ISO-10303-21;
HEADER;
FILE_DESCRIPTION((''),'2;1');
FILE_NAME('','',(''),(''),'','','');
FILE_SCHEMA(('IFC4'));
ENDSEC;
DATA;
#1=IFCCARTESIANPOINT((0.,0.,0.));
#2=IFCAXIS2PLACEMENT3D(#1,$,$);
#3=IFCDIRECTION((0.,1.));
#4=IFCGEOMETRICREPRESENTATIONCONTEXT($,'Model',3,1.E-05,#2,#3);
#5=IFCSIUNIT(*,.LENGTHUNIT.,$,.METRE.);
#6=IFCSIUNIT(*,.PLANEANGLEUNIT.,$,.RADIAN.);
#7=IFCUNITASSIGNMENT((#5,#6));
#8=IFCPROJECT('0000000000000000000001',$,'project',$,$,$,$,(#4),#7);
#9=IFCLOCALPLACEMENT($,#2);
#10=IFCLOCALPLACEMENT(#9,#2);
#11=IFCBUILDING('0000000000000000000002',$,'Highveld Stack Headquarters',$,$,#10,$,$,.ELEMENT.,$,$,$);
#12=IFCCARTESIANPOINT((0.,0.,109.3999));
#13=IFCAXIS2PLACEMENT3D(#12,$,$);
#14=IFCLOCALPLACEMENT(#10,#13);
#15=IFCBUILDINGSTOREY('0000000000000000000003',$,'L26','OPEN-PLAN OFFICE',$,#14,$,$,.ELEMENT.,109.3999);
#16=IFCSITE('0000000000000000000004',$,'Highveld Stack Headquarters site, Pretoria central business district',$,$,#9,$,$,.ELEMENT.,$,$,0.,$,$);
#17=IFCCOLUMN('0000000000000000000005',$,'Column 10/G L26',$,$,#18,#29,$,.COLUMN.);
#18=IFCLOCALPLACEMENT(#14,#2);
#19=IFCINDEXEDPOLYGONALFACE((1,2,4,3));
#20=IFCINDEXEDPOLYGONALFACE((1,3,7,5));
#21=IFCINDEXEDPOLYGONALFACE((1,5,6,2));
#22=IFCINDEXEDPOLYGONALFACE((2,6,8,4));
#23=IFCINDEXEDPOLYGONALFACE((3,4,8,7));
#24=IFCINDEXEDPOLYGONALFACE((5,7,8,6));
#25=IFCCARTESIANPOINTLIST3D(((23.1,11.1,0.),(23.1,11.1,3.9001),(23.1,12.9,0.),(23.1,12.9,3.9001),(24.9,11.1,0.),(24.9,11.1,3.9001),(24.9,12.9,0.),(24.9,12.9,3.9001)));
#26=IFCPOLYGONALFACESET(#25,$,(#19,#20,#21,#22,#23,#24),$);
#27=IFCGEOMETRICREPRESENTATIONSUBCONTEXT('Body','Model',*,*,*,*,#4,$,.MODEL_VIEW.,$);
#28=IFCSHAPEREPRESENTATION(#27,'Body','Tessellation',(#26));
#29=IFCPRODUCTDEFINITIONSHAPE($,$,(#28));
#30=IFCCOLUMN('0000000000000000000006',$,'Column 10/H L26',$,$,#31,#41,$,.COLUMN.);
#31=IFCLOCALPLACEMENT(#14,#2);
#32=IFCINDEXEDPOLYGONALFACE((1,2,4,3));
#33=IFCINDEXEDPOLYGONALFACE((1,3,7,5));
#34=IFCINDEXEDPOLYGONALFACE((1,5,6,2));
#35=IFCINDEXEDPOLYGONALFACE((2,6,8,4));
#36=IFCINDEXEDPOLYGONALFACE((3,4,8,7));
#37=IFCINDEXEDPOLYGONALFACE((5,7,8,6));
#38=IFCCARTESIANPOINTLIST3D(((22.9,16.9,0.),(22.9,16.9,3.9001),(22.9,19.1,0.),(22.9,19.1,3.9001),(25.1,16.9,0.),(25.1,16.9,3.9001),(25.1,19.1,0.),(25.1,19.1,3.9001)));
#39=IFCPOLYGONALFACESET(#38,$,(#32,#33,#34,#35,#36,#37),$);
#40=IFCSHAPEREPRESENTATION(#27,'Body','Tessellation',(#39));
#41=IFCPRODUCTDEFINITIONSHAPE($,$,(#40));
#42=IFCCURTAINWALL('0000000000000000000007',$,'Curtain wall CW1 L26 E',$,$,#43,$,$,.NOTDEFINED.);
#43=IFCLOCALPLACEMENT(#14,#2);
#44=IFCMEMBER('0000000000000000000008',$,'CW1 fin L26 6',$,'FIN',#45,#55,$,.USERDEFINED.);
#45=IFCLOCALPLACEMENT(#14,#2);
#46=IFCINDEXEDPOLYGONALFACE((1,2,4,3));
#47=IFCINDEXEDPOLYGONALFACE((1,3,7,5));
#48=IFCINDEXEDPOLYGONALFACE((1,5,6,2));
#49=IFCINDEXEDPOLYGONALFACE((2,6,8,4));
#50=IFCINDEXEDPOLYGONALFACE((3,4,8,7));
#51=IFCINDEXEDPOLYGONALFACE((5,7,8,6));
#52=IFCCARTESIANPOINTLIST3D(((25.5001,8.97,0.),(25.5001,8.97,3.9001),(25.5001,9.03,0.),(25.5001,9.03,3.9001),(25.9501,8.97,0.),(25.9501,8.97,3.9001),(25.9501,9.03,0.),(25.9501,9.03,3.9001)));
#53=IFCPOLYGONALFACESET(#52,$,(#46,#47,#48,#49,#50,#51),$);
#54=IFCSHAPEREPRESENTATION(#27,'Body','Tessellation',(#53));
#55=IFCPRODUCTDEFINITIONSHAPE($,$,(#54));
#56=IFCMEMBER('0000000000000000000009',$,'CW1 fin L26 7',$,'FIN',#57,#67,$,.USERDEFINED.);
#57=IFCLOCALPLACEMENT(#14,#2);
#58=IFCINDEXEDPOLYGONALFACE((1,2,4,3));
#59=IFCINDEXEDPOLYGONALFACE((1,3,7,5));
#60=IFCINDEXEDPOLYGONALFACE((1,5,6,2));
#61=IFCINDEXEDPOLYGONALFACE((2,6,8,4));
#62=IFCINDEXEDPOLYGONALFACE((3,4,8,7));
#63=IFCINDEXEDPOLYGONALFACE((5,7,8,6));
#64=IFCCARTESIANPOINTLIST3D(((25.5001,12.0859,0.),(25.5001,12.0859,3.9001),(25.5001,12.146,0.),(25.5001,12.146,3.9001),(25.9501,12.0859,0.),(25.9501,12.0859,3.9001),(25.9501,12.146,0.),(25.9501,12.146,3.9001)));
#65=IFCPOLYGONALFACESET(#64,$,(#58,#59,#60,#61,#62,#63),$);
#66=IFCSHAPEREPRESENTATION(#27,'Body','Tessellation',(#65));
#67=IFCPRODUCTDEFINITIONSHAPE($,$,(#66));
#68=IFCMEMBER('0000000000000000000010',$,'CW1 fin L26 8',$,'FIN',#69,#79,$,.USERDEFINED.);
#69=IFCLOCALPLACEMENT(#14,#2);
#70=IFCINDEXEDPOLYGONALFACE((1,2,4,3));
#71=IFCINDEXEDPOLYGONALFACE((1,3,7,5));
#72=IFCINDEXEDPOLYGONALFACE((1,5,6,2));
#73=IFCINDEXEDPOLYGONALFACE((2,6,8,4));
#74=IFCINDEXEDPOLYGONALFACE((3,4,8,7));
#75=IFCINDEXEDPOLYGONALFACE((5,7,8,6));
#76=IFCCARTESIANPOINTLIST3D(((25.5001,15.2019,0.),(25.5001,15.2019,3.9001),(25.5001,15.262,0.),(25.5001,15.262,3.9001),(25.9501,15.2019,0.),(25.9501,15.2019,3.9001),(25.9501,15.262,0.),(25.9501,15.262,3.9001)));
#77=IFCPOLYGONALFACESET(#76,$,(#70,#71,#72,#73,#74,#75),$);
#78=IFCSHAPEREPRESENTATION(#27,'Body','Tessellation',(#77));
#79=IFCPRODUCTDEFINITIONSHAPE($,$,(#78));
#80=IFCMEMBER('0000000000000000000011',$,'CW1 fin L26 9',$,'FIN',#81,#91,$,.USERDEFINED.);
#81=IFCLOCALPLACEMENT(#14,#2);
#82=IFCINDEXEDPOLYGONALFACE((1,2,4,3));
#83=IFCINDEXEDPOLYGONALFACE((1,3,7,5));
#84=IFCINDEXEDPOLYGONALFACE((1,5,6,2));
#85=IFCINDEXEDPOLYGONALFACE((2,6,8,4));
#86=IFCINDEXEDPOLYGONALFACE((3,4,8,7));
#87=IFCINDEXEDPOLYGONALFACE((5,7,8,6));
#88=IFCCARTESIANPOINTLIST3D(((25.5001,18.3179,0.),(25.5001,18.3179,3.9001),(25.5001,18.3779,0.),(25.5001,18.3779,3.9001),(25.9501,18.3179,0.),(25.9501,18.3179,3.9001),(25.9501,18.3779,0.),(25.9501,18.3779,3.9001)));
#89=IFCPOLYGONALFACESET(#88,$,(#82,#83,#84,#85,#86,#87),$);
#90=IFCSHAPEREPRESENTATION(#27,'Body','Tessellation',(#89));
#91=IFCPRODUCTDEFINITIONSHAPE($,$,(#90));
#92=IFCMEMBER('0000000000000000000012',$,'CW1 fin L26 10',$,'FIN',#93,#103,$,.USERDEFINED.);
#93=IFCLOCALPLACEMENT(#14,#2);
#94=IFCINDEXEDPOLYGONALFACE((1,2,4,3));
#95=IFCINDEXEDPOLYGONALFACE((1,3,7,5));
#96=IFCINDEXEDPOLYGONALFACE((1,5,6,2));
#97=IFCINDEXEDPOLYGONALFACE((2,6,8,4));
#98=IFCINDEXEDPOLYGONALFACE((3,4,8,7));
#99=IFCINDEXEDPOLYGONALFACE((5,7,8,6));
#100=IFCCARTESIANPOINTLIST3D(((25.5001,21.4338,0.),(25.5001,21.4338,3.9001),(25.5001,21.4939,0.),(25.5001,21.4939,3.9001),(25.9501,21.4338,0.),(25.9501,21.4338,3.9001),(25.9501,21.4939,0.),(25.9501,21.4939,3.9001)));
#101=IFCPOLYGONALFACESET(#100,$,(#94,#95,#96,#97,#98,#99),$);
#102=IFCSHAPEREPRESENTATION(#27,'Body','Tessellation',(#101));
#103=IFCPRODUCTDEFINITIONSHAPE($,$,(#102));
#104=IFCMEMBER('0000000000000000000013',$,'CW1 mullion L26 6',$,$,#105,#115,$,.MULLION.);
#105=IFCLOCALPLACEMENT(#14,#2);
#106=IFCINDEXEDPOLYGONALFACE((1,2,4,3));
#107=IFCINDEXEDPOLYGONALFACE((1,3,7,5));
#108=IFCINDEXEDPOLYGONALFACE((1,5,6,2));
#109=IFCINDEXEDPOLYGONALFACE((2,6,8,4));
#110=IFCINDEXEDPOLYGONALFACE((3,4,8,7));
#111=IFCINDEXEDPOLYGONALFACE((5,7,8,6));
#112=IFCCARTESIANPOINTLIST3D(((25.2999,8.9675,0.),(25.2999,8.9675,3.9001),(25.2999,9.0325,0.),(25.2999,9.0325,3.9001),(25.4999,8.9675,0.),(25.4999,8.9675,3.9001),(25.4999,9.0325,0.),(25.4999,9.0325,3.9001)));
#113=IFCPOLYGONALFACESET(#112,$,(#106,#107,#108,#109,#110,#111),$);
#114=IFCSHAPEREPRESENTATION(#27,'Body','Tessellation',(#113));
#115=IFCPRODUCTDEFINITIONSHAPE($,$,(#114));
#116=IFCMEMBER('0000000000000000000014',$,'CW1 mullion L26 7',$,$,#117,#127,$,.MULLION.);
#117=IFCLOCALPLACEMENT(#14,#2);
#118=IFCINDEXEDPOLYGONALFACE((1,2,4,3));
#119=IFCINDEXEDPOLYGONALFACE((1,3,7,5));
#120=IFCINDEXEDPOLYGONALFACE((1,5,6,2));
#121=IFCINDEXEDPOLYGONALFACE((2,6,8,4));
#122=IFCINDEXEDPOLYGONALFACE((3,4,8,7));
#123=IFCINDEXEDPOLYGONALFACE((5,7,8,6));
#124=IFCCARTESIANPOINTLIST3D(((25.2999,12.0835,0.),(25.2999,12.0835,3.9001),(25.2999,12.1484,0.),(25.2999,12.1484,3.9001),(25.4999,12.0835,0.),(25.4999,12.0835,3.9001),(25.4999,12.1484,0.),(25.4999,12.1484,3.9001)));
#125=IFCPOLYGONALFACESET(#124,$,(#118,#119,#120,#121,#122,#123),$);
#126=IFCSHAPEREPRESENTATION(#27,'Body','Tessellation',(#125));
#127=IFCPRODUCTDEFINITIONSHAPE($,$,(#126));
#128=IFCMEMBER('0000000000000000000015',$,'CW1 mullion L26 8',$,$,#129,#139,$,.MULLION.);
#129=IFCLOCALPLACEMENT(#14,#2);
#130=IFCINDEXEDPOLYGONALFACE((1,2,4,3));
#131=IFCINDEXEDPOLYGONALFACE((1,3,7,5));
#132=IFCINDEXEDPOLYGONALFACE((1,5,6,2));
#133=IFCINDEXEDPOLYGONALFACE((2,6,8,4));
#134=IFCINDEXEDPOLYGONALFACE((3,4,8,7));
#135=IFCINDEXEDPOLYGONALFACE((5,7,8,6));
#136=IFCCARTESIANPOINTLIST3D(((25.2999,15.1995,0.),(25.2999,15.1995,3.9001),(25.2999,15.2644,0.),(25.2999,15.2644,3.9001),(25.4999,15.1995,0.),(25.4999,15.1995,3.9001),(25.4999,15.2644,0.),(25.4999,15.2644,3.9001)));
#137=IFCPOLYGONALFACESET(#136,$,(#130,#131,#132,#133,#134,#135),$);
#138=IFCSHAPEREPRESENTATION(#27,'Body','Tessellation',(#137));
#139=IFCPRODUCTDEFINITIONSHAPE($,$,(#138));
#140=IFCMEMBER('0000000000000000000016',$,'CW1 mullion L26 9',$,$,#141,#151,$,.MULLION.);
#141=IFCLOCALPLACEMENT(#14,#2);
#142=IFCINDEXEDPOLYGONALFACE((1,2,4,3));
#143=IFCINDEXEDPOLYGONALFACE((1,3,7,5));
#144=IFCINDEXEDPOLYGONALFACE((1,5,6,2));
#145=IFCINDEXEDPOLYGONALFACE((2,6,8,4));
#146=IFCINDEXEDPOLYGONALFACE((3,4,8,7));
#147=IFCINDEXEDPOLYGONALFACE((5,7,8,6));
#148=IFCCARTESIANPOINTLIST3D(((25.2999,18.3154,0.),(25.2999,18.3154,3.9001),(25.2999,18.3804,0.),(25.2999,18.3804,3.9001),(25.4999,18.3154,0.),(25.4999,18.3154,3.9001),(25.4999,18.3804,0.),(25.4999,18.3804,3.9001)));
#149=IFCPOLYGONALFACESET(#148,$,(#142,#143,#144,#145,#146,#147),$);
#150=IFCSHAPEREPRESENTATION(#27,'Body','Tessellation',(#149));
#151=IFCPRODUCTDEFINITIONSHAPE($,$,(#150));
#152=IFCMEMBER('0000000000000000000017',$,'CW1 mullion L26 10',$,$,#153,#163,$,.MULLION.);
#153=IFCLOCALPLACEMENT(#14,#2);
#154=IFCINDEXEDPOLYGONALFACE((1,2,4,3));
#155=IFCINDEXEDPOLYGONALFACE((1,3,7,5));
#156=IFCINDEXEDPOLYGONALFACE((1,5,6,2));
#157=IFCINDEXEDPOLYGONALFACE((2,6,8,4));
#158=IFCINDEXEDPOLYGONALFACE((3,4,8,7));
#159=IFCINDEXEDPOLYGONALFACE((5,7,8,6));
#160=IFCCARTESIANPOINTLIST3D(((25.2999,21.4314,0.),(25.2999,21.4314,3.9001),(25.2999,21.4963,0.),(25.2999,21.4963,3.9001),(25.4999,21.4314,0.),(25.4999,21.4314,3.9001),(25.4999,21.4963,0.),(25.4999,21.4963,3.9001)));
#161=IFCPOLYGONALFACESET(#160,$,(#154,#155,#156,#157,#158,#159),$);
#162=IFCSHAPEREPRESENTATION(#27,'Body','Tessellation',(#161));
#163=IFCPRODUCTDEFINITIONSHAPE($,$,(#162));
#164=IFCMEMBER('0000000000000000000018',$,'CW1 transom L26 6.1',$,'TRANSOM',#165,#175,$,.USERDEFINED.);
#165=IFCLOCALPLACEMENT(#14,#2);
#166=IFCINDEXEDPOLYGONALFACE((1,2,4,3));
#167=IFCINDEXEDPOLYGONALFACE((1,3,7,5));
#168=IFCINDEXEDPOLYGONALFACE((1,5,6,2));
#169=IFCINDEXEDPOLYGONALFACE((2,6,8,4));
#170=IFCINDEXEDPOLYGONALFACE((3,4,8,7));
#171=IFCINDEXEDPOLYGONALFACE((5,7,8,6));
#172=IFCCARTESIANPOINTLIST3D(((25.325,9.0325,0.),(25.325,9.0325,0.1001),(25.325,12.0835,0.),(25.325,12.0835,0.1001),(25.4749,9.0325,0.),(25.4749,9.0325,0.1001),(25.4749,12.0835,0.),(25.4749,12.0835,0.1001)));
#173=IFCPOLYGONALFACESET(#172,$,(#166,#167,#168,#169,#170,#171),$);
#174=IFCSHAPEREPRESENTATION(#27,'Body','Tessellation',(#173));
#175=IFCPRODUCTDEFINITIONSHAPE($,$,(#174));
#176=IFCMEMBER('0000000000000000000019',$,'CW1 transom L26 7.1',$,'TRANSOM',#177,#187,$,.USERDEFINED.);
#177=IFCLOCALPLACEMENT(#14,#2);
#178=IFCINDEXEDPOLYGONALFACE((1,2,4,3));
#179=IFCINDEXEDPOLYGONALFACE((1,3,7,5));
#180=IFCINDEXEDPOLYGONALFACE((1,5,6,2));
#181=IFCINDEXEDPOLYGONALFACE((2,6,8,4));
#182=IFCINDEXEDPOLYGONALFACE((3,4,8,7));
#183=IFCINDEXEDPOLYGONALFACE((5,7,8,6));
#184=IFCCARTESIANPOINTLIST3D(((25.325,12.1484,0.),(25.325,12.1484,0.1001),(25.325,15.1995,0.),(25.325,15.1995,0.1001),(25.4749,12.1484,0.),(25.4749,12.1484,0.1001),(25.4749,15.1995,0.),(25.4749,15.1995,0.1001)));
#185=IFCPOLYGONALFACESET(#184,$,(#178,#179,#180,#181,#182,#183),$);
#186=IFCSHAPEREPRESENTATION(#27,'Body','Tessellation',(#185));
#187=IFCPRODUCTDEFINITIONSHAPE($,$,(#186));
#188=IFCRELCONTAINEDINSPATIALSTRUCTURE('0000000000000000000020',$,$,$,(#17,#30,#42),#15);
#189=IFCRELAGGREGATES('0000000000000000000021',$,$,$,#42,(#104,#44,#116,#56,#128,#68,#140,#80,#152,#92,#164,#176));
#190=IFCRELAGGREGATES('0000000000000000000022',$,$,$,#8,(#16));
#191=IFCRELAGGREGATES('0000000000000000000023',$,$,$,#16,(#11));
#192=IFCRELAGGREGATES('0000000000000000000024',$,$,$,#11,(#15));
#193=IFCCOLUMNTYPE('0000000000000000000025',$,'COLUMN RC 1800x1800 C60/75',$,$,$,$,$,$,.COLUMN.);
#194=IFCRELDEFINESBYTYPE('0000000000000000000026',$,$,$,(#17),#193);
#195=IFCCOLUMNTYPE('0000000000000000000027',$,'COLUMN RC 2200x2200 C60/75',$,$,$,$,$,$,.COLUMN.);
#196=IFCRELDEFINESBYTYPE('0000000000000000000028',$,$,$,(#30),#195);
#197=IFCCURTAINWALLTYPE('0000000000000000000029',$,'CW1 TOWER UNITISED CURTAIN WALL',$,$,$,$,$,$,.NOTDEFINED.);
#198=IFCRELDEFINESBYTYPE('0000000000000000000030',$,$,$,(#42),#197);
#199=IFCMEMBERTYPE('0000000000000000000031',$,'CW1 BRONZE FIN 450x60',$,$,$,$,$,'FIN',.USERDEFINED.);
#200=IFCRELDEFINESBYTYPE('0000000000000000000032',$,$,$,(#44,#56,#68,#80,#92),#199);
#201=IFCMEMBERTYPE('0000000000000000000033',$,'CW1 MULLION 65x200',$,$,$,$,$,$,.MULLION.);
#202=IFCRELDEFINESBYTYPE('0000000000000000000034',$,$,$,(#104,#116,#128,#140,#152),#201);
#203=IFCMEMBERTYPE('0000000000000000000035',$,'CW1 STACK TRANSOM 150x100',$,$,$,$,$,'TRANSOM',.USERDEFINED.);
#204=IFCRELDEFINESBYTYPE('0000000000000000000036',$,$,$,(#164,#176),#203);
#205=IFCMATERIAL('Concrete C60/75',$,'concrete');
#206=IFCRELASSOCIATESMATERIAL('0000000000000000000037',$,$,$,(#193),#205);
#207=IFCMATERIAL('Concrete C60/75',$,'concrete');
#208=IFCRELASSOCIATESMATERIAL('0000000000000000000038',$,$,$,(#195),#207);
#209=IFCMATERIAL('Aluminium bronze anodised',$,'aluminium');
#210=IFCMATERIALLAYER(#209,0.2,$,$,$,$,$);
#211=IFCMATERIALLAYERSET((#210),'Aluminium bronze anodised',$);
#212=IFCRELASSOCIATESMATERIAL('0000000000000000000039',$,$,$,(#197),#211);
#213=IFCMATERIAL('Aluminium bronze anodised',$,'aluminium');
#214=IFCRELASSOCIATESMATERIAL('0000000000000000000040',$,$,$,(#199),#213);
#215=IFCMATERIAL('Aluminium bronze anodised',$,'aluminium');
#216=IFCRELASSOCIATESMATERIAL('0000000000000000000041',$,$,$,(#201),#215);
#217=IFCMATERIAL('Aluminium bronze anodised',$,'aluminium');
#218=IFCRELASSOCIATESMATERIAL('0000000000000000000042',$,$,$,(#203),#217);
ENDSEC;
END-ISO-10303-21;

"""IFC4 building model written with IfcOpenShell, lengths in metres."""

from ifc_helpers import new_model, si_unit, direction, frame, origin, origin_2d, place, context, subcontext, project, spatial, rectangle, extrude, material, layer, layer_set, material_profile, profile_set, type_object, element, aggregate, save


model = new_model("IFC4")

# Units and contexts
model_context = context("Model", 3, precision=1e-05, world=origin(), true_north=direction((0.0, 1.0)))
body_context = subcontext(model_context, "Body", "Model", "MODEL_VIEW")
ifc_project = project(units=[si_unit("LENGTHUNIT", "METRE"), si_unit("PLANEANGLEUNIT", "RADIAN")], contexts=[model_context])

# Site, building, storey
site_placement = place(None, origin())
site = spatial("IfcSite", under=ifc_project, at=site_placement, Name="Highveld Stack Headquarters site, Pretoria central business district", CompositionType="ELEMENT", RefElevation=0.0)
building_placement = place(site_placement, origin())
building = spatial("IfcBuilding", under=site, at=building_placement, Name="Highveld Stack Headquarters", CompositionType="ELEMENT")
storey_placement = place(building_placement, frame((0.0, 0.0, 109.3999)))
storey = spatial("IfcBuildingStorey", under=building, at=storey_placement, Name="L26", Description="OPEN-PLAN OFFICE", CompositionType="ELEMENT", Elevation=109.3999)

# Columns
ifc_material_1 = material(Name="Concrete C60/75", Category="concrete")
ifc_material_profile_1 = material_profile(ifc_material_1, rectangle(XDim=1.8, YDim=1.8, at=origin_2d()), Name="RC 1800x1800")
ifc_profile_set_1 = profile_set([ifc_material_profile_1], Name="Concrete C60/75")
column_type_1 = type_object("IfcColumnType", Name="COLUMN RC 1800x1800 C60/75", PredefinedType="COLUMN", material=ifc_profile_set_1)
column_1_placement = place(storey_placement, frame((24.0, 12.0, 0.0), z_axis=(0.0, 0.0, 1.0), x_axis=(1.0, 0.0, 0.0)))
element("IfcColumn", 1, at=column_1_placement, inside=storey, type_object=column_type_1, Name="Column 10/G L26", PredefinedType="COLUMN", context=body_context, shape_type="SweptSolid", body=[
    extrude(rectangle(XDim=1.8, YDim=1.8, at=origin_2d()), origin(), (0.0, 0.0, 1.0), 3.9001),
])
ifc_material_2 = material(Name="Concrete C60/75", Category="concrete")
ifc_material_profile_2 = material_profile(ifc_material_2, rectangle(XDim=2.2, YDim=2.2, at=origin_2d()), Name="RC 2200x2200")
ifc_profile_set_2 = profile_set([ifc_material_profile_2], Name="Concrete C60/75")
column_type_2 = type_object("IfcColumnType", Name="COLUMN RC 2200x2200 C60/75", PredefinedType="COLUMN", material=ifc_profile_set_2)
column_2_placement = place(storey_placement, frame((24.0, 18.0, 0.0), z_axis=(0.0, 0.0, 1.0), x_axis=(1.0, 0.0, 0.0)))
element("IfcColumn", 2, at=column_2_placement, inside=storey, type_object=column_type_2, Name="Column 10/H L26", PredefinedType="COLUMN", context=body_context, shape_type="SweptSolid", body=[
    extrude(rectangle(XDim=2.2, YDim=2.2, at=origin_2d()), origin(), (0.0, 0.0, 1.0), 3.9001),
])

# Curtain wall, members
ifc_material_3 = material(Name="Aluminium bronze anodised", Category="aluminium")
ifc_layer_1 = layer(ifc_material_3, 0.2)
ifc_layer_set_1 = layer_set([ifc_layer_1], Name="Aluminium bronze anodised")
curtain_wall_type = type_object("IfcCurtainWallType", Name="CW1 TOWER UNITISED CURTAIN WALL", PredefinedType="NOTDEFINED", material=ifc_layer_set_1)
curtain_wall_placement = place(storey_placement, origin())
curtain_wall = element("IfcCurtainWall", 3, at=curtain_wall_placement, inside=storey, type_object=curtain_wall_type, Name="Curtain wall CW1 L26 E", PredefinedType="NOTDEFINED")
ifc_material_4 = material(Name="Aluminium bronze anodised", Category="aluminium")
ifc_material_profile_3 = material_profile(ifc_material_4, rectangle(XDim=0.45, YDim=0.0601, at=origin_2d()), Name="FIN 450x60")
ifc_profile_set_3 = profile_set([ifc_material_profile_3], Name="Aluminium bronze anodised")
member_type_1 = type_object("IfcMemberType", Name="CW1 BRONZE FIN 450x60", ElementType="FIN", PredefinedType="USERDEFINED", material=ifc_profile_set_3)
member_1_placement = place(storey_placement, frame((25.7251, 9.0, 0.0), z_axis=(0.0, 0.0, 1.0), x_axis=(-1.0, 0.0, 0.0)))
member_1 = element("IfcMember", 4, at=member_1_placement, type_object=member_type_1, Name="CW1 fin L26 6", ObjectType="FIN", PredefinedType="USERDEFINED", context=body_context, shape_type="SweptSolid", body=[
    extrude(rectangle(XDim=0.45, YDim=0.0601, at=origin_2d()), origin(), (0.0, 0.0, 1.0), 3.9001),
])
member_2_placement = place(storey_placement, frame((25.7251, 12.116, 0.0), z_axis=(0.0, 0.0, 1.0), x_axis=(-1.0, 0.0, 0.0)))
member_2 = element("IfcMember", 5, at=member_2_placement, type_object=member_type_1, Name="CW1 fin L26 7", ObjectType="FIN", PredefinedType="USERDEFINED", context=body_context, shape_type="SweptSolid", body=[
    extrude(rectangle(XDim=0.45, YDim=0.0601, at=origin_2d()), origin(), (0.0, 0.0, 1.0), 3.9001),
])
member_3_placement = place(storey_placement, frame((25.7251, 15.2319, 0.0), z_axis=(0.0, 0.0, 1.0), x_axis=(-1.0, 0.0, 0.0)))
member_3 = element("IfcMember", 6, at=member_3_placement, type_object=member_type_1, Name="CW1 fin L26 8", ObjectType="FIN", PredefinedType="USERDEFINED", context=body_context, shape_type="SweptSolid", body=[
    extrude(rectangle(XDim=0.45, YDim=0.0601, at=origin_2d()), origin(), (0.0, 0.0, 1.0), 3.9001),
])
member_4_placement = place(storey_placement, frame((25.7251, 18.3479, 0.0), z_axis=(0.0, 0.0, 1.0), x_axis=(-1.0, 0.0, 0.0)))
member_4 = element("IfcMember", 7, at=member_4_placement, type_object=member_type_1, Name="CW1 fin L26 9", ObjectType="FIN", PredefinedType="USERDEFINED", context=body_context, shape_type="SweptSolid", body=[
    extrude(rectangle(XDim=0.45, YDim=0.0601, at=origin_2d()), origin(), (0.0, 0.0, 1.0), 3.9001),
])
member_5_placement = place(storey_placement, frame((25.7251, 21.4639, 0.0), z_axis=(0.0, 0.0, 1.0), x_axis=(-1.0, 0.0, 0.0)))
member_5 = element("IfcMember", 8, at=member_5_placement, type_object=member_type_1, Name="CW1 fin L26 10", ObjectType="FIN", PredefinedType="USERDEFINED", context=body_context, shape_type="SweptSolid", body=[
    extrude(rectangle(XDim=0.45, YDim=0.0601, at=origin_2d()), origin(), (0.0, 0.0, 1.0), 3.9001),
])
ifc_material_5 = material(Name="Aluminium bronze anodised", Category="aluminium")
ifc_material_profile_4 = material_profile(ifc_material_5, rectangle(XDim=0.2, YDim=0.0649, at=origin_2d()), Name="CW1 MULLION 65x200")
ifc_profile_set_4 = profile_set([ifc_material_profile_4], Name="Aluminium bronze anodised")
member_type_2 = type_object("IfcMemberType", Name="CW1 MULLION 65x200", PredefinedType="MULLION", material=ifc_profile_set_4)
member_6_placement = place(storey_placement, frame((25.3999, 9.0, 0.0), z_axis=(0.0, 0.0, 1.0), x_axis=(-1.0, 0.0, 0.0)))
member_6 = element("IfcMember", 9, at=member_6_placement, type_object=member_type_2, Name="CW1 mullion L26 6", PredefinedType="MULLION", context=body_context, shape_type="SweptSolid", body=[
    extrude(rectangle(XDim=0.2, YDim=0.0649, at=origin_2d()), origin(), (0.0, 0.0, 1.0), 3.9001),
])
member_7_placement = place(storey_placement, frame((25.3999, 12.116, 0.0), z_axis=(0.0, 0.0, 1.0), x_axis=(-1.0, 0.0, 0.0)))
member_7 = element("IfcMember", 10, at=member_7_placement, type_object=member_type_2, Name="CW1 mullion L26 7", PredefinedType="MULLION", context=body_context, shape_type="SweptSolid", body=[
    extrude(rectangle(XDim=0.2, YDim=0.0649, at=origin_2d()), origin(), (0.0, 0.0, 1.0), 3.9001),
])
member_8_placement = place(storey_placement, frame((25.3999, 15.2319, 0.0), z_axis=(0.0, 0.0, 1.0), x_axis=(-1.0, 0.0, 0.0)))
member_8 = element("IfcMember", 11, at=member_8_placement, type_object=member_type_2, Name="CW1 mullion L26 8", PredefinedType="MULLION", context=body_context, shape_type="SweptSolid", body=[
    extrude(rectangle(XDim=0.2, YDim=0.0649, at=origin_2d()), origin(), (0.0, 0.0, 1.0), 3.9001),
])
member_9_placement = place(storey_placement, frame((25.3999, 18.3479, 0.0), z_axis=(0.0, 0.0, 1.0), x_axis=(-1.0, 0.0, 0.0)))
member_9 = element("IfcMember", 12, at=member_9_placement, type_object=member_type_2, Name="CW1 mullion L26 9", PredefinedType="MULLION", context=body_context, shape_type="SweptSolid", body=[
    extrude(rectangle(XDim=0.2, YDim=0.0649, at=origin_2d()), origin(), (0.0, 0.0, 1.0), 3.9001),
])
member_10_placement = place(storey_placement, frame((25.3999, 21.4639, 0.0), z_axis=(0.0, 0.0, 1.0), x_axis=(-1.0, 0.0, 0.0)))
member_10 = element("IfcMember", 13, at=member_10_placement, type_object=member_type_2, Name="CW1 mullion L26 10", PredefinedType="MULLION", context=body_context, shape_type="SweptSolid", body=[
    extrude(rectangle(XDim=0.2, YDim=0.0649, at=origin_2d()), origin(), (0.0, 0.0, 1.0), 3.9001),
])
ifc_material_6 = material(Name="Aluminium bronze anodised", Category="aluminium")
ifc_material_profile_5 = material_profile(ifc_material_6, rectangle(XDim=0.1499, YDim=0.1001, at=origin_2d()), Name="CW1 TRANSOM 150x100")
ifc_profile_set_5 = profile_set([ifc_material_profile_5], Name="Aluminium bronze anodised")
member_type_3 = type_object("IfcMemberType", Name="CW1 STACK TRANSOM 150x100", ElementType="TRANSOM", PredefinedType="USERDEFINED", material=ifc_profile_set_5)
member_11_placement = place(storey_placement, frame((25.3999, 9.0325, 0.05), z_axis=(0.0, 1.0, 0.0), x_axis=(-1.0, 0.0, 0.0)))
member_11 = element("IfcMember", 14, at=member_11_placement, type_object=member_type_3, Name="CW1 transom L26 6.1", ObjectType="TRANSOM", PredefinedType="USERDEFINED", context=body_context, shape_type="SweptSolid", body=[
    extrude(rectangle(XDim=0.1499, YDim=0.1001, at=origin_2d()), origin(), (0.0, 0.0, 1.0), 3.051),
])
member_12_placement = place(storey_placement, frame((25.3999, 12.1484, 0.05), z_axis=(0.0, 1.0, 0.0), x_axis=(-1.0, 0.0, 0.0)))
member_12 = element("IfcMember", 15, at=member_12_placement, type_object=member_type_3, Name="CW1 transom L26 7.1", ObjectType="TRANSOM", PredefinedType="USERDEFINED", context=body_context, shape_type="SweptSolid", body=[
    extrude(rectangle(XDim=0.1499, YDim=0.1001, at=origin_2d()), origin(), (0.0, 0.0, 1.0), 3.051),
])
aggregate(curtain_wall, [member_6, member_1, member_7, member_2, member_8, member_3, member_9, member_4, member_10, member_5, member_11, member_12])

save(model, "model.ifc")
